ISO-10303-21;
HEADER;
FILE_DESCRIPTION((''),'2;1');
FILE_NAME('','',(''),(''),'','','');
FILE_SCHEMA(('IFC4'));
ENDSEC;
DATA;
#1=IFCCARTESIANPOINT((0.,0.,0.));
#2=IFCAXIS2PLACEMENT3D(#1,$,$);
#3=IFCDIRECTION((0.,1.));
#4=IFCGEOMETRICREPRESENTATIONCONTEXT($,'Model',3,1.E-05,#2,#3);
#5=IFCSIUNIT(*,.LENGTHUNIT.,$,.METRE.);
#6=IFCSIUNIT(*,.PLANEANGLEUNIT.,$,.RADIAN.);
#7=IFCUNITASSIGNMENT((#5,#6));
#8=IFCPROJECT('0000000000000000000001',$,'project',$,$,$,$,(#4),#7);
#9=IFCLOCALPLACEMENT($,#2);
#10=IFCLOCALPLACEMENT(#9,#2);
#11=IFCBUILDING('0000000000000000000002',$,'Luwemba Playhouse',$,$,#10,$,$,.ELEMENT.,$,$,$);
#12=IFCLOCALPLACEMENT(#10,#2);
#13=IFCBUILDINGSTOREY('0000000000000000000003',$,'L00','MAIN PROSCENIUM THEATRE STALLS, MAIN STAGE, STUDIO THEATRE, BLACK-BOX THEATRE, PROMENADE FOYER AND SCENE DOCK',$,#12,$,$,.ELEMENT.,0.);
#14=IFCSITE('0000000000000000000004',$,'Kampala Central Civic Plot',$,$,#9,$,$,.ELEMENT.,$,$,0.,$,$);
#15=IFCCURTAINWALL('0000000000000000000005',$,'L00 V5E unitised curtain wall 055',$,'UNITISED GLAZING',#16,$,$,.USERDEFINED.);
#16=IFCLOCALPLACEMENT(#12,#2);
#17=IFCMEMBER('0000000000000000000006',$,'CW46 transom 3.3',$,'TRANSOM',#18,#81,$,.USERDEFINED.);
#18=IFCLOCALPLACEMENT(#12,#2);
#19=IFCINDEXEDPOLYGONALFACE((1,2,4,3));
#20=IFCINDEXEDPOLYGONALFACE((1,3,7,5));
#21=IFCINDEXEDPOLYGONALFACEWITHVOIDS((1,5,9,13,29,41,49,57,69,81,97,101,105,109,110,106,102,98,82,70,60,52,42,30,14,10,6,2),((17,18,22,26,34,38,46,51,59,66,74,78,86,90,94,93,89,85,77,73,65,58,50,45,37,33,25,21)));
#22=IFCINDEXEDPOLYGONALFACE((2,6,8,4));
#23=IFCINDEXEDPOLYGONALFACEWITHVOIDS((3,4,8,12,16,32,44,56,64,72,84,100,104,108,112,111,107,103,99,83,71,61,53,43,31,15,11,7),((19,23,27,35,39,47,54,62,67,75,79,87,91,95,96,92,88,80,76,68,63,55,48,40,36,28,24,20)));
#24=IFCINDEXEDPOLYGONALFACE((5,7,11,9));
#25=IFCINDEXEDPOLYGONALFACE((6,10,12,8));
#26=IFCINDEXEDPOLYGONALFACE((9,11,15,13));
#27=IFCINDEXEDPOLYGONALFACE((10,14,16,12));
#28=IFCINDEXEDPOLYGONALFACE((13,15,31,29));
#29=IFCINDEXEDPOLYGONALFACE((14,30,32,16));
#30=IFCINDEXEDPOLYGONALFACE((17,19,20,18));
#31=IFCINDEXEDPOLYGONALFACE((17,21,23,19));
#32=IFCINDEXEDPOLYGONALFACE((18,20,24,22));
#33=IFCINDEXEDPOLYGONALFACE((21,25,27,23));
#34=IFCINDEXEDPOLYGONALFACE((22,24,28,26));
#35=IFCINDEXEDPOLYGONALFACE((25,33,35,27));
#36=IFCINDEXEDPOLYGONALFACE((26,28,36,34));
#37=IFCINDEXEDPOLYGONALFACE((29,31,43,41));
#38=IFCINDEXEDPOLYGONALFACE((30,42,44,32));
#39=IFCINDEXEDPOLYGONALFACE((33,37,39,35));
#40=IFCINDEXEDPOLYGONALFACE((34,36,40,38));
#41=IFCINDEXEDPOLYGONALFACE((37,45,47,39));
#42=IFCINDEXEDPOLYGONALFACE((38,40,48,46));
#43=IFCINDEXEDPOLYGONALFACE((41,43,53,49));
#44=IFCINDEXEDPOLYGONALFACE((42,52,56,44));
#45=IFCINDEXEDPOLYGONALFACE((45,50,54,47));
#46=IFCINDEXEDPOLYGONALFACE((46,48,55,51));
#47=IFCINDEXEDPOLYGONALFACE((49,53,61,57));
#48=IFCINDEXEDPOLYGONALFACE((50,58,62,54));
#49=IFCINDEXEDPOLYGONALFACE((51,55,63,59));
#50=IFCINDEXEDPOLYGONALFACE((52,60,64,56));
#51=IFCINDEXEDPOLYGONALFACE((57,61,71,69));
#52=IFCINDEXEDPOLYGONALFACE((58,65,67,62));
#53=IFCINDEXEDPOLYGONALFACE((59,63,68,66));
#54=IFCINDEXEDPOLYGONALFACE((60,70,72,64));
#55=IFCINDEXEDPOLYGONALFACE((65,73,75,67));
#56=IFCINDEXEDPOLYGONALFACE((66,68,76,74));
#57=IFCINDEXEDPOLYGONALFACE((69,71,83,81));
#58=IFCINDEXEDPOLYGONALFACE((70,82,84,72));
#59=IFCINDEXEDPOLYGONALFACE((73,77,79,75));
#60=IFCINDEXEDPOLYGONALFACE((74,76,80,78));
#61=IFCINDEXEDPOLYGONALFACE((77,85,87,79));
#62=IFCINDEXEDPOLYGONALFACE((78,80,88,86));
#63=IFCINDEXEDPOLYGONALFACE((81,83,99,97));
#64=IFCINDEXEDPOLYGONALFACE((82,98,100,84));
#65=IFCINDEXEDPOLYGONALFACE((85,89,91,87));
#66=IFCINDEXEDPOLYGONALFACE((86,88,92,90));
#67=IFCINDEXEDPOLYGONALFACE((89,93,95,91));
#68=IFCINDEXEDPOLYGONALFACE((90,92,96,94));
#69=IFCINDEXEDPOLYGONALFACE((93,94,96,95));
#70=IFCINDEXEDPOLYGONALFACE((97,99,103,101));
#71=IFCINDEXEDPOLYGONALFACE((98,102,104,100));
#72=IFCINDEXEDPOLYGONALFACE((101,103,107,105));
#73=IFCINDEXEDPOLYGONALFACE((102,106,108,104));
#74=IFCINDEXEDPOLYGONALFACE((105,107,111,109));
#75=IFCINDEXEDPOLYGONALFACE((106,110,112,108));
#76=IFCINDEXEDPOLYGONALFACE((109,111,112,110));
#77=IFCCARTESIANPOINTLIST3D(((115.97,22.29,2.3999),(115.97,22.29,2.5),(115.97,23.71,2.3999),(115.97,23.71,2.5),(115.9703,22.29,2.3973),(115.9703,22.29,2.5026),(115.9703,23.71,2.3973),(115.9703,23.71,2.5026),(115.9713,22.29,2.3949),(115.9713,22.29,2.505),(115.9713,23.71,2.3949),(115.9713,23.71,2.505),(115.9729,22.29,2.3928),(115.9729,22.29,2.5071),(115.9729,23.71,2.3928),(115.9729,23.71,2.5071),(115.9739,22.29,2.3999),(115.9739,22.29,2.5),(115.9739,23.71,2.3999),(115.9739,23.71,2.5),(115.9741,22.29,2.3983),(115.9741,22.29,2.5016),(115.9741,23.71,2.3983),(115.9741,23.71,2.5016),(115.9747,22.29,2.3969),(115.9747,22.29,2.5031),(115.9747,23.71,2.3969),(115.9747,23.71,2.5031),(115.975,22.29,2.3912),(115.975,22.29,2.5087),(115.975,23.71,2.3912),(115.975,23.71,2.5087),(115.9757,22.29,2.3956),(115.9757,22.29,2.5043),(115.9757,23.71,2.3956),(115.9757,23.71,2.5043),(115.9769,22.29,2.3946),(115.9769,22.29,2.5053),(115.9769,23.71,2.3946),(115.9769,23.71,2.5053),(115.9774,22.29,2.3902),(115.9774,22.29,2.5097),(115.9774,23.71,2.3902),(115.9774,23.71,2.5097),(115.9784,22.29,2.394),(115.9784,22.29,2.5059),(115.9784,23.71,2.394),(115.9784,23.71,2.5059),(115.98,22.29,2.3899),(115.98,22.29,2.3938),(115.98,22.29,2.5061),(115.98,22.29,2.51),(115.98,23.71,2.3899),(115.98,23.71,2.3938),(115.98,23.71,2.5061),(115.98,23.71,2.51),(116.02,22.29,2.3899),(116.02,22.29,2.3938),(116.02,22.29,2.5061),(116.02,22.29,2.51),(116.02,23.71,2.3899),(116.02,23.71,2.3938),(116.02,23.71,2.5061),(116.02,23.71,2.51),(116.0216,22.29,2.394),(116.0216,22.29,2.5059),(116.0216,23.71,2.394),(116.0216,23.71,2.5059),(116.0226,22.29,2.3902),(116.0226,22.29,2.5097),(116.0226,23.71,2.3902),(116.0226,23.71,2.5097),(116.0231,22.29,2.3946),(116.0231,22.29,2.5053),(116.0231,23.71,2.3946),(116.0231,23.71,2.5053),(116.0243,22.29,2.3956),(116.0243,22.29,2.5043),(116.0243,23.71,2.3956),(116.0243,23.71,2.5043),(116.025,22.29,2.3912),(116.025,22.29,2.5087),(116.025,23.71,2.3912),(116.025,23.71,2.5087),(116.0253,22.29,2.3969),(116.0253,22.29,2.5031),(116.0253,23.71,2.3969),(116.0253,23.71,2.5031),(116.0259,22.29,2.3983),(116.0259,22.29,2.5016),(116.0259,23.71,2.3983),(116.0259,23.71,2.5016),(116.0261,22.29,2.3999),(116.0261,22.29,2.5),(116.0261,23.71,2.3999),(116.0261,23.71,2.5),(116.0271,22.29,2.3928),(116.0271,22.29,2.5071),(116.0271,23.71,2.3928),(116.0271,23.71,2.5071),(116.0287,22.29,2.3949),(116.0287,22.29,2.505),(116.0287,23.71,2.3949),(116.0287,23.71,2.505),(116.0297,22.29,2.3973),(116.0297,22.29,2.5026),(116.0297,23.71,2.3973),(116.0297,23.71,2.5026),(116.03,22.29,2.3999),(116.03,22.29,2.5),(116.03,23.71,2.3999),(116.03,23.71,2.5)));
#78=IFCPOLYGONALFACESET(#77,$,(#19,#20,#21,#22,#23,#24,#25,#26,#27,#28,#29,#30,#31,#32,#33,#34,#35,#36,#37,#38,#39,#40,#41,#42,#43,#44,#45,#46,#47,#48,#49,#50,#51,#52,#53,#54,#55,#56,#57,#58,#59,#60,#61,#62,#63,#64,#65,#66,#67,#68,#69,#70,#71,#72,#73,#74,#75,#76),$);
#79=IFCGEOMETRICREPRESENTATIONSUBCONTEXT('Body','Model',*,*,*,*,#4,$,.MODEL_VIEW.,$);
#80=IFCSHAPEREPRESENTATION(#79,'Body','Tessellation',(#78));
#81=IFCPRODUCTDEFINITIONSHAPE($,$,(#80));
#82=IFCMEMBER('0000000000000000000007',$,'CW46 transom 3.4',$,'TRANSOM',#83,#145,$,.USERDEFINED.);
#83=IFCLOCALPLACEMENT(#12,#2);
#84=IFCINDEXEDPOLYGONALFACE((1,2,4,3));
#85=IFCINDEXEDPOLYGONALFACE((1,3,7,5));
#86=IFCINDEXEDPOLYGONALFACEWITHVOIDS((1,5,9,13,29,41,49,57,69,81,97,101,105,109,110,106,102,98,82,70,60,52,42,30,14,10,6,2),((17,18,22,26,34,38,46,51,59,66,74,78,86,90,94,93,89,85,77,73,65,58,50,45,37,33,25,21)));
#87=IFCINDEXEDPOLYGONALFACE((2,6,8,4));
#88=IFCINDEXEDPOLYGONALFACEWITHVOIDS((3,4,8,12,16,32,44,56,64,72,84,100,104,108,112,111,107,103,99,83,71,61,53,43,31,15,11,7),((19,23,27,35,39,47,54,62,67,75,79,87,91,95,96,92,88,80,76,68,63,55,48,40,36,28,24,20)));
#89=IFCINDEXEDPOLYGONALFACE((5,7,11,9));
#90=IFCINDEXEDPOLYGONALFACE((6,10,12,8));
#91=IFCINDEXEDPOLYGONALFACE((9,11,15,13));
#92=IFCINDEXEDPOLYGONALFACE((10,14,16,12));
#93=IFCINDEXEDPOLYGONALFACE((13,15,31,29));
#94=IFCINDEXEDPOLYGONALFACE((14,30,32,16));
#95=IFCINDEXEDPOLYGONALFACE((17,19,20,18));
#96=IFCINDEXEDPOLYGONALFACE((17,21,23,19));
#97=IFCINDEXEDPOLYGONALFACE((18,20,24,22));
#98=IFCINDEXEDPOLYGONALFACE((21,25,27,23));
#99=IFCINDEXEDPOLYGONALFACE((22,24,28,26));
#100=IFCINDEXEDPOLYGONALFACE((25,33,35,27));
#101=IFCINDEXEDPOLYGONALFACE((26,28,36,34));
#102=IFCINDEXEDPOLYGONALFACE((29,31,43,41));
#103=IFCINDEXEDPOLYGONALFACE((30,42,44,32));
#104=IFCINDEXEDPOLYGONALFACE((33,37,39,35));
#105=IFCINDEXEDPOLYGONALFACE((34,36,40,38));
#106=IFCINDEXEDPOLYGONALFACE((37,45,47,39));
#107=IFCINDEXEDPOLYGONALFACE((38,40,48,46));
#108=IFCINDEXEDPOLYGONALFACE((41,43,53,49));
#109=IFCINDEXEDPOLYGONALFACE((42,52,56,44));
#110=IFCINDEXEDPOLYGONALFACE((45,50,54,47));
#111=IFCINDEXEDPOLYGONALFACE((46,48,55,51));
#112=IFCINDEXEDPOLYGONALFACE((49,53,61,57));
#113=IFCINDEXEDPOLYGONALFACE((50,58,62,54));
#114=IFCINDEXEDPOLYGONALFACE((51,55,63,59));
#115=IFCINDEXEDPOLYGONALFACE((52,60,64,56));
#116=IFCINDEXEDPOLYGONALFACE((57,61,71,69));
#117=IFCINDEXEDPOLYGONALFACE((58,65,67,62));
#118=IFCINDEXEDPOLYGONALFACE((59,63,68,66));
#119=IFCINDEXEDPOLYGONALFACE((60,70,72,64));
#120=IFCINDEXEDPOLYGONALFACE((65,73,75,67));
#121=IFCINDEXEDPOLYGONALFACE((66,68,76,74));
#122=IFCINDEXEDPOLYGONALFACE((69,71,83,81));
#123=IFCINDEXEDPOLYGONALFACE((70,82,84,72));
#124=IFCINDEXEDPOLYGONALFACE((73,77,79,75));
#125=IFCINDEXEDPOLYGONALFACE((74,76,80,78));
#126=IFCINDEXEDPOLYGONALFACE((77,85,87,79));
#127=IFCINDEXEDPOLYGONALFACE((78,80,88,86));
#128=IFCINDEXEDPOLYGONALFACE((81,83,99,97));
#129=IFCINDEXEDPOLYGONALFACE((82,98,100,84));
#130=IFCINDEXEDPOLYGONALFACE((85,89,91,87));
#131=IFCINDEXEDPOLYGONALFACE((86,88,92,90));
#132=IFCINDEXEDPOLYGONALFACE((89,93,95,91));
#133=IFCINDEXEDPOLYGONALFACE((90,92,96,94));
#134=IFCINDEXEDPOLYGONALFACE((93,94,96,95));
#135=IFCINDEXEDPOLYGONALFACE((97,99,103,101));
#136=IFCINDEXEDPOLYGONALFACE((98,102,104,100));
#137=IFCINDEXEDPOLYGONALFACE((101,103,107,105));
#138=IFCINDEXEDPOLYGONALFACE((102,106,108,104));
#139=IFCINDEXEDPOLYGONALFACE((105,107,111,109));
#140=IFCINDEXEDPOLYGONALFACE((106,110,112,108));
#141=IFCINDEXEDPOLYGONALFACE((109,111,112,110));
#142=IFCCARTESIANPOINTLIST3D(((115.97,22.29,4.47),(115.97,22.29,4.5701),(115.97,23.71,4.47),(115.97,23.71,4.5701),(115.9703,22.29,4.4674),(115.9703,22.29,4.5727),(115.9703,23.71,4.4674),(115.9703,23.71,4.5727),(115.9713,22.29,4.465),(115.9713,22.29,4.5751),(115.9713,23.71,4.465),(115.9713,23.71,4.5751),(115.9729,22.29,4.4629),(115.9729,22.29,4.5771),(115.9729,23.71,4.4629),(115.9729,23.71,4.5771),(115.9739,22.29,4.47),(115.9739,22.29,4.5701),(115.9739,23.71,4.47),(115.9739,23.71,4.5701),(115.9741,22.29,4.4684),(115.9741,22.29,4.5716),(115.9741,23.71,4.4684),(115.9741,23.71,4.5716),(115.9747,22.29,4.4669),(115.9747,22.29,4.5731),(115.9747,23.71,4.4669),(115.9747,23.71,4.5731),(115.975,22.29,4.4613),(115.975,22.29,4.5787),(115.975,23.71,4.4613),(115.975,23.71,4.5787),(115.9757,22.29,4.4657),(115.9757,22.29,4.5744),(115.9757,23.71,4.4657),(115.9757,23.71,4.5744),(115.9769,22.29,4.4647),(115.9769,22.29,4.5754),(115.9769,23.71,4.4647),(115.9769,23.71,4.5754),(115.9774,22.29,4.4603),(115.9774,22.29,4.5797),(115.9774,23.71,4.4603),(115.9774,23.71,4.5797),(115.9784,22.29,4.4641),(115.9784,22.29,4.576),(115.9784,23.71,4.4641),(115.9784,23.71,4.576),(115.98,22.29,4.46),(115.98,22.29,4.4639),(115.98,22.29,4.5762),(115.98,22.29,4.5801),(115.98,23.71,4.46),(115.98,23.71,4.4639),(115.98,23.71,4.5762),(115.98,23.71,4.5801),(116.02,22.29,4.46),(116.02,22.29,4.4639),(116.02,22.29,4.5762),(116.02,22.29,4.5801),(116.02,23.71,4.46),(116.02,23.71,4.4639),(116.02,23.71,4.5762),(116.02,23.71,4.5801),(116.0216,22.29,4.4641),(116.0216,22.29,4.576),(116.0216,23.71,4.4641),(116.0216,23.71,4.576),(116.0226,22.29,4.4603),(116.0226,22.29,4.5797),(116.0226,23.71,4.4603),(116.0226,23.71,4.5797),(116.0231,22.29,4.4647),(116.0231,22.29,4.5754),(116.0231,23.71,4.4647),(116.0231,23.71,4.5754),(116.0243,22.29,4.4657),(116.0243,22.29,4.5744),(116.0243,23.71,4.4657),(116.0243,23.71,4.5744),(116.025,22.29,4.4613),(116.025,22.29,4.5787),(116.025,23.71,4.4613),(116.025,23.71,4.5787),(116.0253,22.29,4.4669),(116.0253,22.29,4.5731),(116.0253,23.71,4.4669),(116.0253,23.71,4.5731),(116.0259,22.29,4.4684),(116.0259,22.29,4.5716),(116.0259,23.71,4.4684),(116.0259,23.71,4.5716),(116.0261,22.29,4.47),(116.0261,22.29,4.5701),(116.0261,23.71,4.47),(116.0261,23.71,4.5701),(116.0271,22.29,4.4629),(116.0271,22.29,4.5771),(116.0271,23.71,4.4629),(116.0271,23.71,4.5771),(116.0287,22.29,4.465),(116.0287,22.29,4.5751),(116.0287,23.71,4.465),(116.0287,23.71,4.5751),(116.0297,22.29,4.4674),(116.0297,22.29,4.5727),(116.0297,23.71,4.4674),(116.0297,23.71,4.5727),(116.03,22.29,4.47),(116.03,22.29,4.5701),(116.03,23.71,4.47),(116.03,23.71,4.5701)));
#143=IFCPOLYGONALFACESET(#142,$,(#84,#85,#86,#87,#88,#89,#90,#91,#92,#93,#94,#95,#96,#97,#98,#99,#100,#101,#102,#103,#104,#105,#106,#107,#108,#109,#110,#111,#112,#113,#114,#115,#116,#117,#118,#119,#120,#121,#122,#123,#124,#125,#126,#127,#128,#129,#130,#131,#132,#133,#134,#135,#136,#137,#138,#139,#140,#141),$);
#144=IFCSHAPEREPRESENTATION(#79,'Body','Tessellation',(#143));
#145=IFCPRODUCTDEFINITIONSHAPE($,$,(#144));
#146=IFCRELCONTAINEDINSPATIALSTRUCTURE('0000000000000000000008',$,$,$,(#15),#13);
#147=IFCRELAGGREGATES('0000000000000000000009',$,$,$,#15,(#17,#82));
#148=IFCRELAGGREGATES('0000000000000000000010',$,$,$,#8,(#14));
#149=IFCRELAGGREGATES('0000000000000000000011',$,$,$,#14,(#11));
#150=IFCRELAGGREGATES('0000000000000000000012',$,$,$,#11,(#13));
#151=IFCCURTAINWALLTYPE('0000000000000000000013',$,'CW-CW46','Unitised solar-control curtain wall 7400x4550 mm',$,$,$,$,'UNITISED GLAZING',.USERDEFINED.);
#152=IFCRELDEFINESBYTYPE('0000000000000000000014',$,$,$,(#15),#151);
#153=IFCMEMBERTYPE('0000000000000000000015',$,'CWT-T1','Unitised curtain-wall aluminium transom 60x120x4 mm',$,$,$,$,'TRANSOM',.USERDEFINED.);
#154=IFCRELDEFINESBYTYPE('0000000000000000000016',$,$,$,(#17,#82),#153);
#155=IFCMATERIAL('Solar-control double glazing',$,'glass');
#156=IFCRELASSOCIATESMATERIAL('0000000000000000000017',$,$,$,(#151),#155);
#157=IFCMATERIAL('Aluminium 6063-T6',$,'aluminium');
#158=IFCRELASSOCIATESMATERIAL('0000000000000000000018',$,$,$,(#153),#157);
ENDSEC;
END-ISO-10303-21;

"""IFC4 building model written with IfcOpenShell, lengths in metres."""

from ifc_helpers import new_model, si_unit, direction, frame, origin, origin_2d, place, context, subcontext, project, spatial, hollow_rectangle, extrude, material, material_profile, profile_set, type_object, element, aggregate, save


model = new_model("IFC4")

# Units and contexts
model_context = context("Model", 3, precision=1e-05, world=origin(), true_north=direction((0.0, 1.0)))
body_context = subcontext(model_context, "Body", "Model", "MODEL_VIEW")
ifc_project = project(units=[si_unit("LENGTHUNIT", "METRE"), si_unit("PLANEANGLEUNIT", "RADIAN")], contexts=[model_context])

# Site, building, storey
site_placement = place(None, origin())
site = spatial("IfcSite", under=ifc_project, at=site_placement, Name="Kampala Central Civic Plot", CompositionType="ELEMENT", RefElevation=0.0)
building_placement = place(site_placement, origin())
building = spatial("IfcBuilding", under=site, at=building_placement, Name="Luwemba Playhouse", CompositionType="ELEMENT")
storey_placement = place(building_placement, origin())
storey = spatial("IfcBuildingStorey", under=building, at=storey_placement, Name="L00", Description="MAIN PROSCENIUM THEATRE STALLS, MAIN STAGE, STUDIO THEATRE, BLACK-BOX THEATRE, PROMENADE FOYER AND SCENE DOCK", CompositionType="ELEMENT", Elevation=0.0)

# Curtain wall, members
ifc_material_1 = material(Name="Solar-control double glazing", Category="glass")
curtain_wall_type = type_object("IfcCurtainWallType", Name="CW-CW46", Description="Unitised solar-control curtain wall 7400x4550 mm", ElementType="UNITISED GLAZING", PredefinedType="USERDEFINED", material=ifc_material_1)
curtain_wall_placement = place(storey_placement, origin())
curtain_wall = element("IfcCurtainWall", 1, at=curtain_wall_placement, inside=storey, type_object=curtain_wall_type, Name="L00 V5E unitised curtain wall 055", ObjectType="UNITISED GLAZING", PredefinedType="USERDEFINED")
ifc_material_2 = material(Name="Aluminium 6063-T6", Category="aluminium")
ifc_material_profile_1 = material_profile(ifc_material_2, hollow_rectangle(XDim=0.0601, YDim=0.1201, WallThickness=0.0039, InnerFilletRadius=0.0061, OuterFilletRadius=0.01, at=origin_2d()))
ifc_profile_set_1 = profile_set([ifc_material_profile_1], Name="Aluminium 6063-T6")
member_type_1 = type_object("IfcMemberType", Name="CWT-T1", Description="Unitised curtain-wall aluminium transom 60x120x4 mm", ElementType="TRANSOM", PredefinedType="USERDEFINED", material=ifc_profile_set_1)
member_1_placement = place(storey_placement, frame((116.0, 22.29, 2.45), z_axis=(0.0, 1.0, 0.0), x_axis=(-1.0, 0.0, 0.0)))
member_1 = element("IfcMember", 2, at=member_1_placement, type_object=member_type_1, Name="CW46 transom 3.3", ObjectType="TRANSOM", PredefinedType="USERDEFINED", context=body_context, shape_type="SweptSolid", body=[
    extrude(hollow_rectangle(XDim=0.0601, YDim=0.1201, WallThickness=0.0039, InnerFilletRadius=0.0061, OuterFilletRadius=0.01, at=origin_2d()), origin(), (0.0, 0.0, 1.0), 1.4199),
])
member_2_placement = place(storey_placement, frame((116.0, 22.29, 4.52), z_axis=(0.0, 1.0, 0.0), x_axis=(-1.0, 0.0, 0.0)))
member_2 = element("IfcMember", 3, at=member_2_placement, type_object=member_type_1, Name="CW46 transom 3.4", ObjectType="TRANSOM", PredefinedType="USERDEFINED", context=body_context, shape_type="SweptSolid", body=[
    extrude(hollow_rectangle(XDim=0.0601, YDim=0.1201, WallThickness=0.0039, InnerFilletRadius=0.0061, OuterFilletRadius=0.01, at=origin_2d()), origin(), (0.0, 0.0, 1.0), 1.4199),
])
aggregate(curtain_wall, [member_1, member_2])

save(model, "model.ifc")
